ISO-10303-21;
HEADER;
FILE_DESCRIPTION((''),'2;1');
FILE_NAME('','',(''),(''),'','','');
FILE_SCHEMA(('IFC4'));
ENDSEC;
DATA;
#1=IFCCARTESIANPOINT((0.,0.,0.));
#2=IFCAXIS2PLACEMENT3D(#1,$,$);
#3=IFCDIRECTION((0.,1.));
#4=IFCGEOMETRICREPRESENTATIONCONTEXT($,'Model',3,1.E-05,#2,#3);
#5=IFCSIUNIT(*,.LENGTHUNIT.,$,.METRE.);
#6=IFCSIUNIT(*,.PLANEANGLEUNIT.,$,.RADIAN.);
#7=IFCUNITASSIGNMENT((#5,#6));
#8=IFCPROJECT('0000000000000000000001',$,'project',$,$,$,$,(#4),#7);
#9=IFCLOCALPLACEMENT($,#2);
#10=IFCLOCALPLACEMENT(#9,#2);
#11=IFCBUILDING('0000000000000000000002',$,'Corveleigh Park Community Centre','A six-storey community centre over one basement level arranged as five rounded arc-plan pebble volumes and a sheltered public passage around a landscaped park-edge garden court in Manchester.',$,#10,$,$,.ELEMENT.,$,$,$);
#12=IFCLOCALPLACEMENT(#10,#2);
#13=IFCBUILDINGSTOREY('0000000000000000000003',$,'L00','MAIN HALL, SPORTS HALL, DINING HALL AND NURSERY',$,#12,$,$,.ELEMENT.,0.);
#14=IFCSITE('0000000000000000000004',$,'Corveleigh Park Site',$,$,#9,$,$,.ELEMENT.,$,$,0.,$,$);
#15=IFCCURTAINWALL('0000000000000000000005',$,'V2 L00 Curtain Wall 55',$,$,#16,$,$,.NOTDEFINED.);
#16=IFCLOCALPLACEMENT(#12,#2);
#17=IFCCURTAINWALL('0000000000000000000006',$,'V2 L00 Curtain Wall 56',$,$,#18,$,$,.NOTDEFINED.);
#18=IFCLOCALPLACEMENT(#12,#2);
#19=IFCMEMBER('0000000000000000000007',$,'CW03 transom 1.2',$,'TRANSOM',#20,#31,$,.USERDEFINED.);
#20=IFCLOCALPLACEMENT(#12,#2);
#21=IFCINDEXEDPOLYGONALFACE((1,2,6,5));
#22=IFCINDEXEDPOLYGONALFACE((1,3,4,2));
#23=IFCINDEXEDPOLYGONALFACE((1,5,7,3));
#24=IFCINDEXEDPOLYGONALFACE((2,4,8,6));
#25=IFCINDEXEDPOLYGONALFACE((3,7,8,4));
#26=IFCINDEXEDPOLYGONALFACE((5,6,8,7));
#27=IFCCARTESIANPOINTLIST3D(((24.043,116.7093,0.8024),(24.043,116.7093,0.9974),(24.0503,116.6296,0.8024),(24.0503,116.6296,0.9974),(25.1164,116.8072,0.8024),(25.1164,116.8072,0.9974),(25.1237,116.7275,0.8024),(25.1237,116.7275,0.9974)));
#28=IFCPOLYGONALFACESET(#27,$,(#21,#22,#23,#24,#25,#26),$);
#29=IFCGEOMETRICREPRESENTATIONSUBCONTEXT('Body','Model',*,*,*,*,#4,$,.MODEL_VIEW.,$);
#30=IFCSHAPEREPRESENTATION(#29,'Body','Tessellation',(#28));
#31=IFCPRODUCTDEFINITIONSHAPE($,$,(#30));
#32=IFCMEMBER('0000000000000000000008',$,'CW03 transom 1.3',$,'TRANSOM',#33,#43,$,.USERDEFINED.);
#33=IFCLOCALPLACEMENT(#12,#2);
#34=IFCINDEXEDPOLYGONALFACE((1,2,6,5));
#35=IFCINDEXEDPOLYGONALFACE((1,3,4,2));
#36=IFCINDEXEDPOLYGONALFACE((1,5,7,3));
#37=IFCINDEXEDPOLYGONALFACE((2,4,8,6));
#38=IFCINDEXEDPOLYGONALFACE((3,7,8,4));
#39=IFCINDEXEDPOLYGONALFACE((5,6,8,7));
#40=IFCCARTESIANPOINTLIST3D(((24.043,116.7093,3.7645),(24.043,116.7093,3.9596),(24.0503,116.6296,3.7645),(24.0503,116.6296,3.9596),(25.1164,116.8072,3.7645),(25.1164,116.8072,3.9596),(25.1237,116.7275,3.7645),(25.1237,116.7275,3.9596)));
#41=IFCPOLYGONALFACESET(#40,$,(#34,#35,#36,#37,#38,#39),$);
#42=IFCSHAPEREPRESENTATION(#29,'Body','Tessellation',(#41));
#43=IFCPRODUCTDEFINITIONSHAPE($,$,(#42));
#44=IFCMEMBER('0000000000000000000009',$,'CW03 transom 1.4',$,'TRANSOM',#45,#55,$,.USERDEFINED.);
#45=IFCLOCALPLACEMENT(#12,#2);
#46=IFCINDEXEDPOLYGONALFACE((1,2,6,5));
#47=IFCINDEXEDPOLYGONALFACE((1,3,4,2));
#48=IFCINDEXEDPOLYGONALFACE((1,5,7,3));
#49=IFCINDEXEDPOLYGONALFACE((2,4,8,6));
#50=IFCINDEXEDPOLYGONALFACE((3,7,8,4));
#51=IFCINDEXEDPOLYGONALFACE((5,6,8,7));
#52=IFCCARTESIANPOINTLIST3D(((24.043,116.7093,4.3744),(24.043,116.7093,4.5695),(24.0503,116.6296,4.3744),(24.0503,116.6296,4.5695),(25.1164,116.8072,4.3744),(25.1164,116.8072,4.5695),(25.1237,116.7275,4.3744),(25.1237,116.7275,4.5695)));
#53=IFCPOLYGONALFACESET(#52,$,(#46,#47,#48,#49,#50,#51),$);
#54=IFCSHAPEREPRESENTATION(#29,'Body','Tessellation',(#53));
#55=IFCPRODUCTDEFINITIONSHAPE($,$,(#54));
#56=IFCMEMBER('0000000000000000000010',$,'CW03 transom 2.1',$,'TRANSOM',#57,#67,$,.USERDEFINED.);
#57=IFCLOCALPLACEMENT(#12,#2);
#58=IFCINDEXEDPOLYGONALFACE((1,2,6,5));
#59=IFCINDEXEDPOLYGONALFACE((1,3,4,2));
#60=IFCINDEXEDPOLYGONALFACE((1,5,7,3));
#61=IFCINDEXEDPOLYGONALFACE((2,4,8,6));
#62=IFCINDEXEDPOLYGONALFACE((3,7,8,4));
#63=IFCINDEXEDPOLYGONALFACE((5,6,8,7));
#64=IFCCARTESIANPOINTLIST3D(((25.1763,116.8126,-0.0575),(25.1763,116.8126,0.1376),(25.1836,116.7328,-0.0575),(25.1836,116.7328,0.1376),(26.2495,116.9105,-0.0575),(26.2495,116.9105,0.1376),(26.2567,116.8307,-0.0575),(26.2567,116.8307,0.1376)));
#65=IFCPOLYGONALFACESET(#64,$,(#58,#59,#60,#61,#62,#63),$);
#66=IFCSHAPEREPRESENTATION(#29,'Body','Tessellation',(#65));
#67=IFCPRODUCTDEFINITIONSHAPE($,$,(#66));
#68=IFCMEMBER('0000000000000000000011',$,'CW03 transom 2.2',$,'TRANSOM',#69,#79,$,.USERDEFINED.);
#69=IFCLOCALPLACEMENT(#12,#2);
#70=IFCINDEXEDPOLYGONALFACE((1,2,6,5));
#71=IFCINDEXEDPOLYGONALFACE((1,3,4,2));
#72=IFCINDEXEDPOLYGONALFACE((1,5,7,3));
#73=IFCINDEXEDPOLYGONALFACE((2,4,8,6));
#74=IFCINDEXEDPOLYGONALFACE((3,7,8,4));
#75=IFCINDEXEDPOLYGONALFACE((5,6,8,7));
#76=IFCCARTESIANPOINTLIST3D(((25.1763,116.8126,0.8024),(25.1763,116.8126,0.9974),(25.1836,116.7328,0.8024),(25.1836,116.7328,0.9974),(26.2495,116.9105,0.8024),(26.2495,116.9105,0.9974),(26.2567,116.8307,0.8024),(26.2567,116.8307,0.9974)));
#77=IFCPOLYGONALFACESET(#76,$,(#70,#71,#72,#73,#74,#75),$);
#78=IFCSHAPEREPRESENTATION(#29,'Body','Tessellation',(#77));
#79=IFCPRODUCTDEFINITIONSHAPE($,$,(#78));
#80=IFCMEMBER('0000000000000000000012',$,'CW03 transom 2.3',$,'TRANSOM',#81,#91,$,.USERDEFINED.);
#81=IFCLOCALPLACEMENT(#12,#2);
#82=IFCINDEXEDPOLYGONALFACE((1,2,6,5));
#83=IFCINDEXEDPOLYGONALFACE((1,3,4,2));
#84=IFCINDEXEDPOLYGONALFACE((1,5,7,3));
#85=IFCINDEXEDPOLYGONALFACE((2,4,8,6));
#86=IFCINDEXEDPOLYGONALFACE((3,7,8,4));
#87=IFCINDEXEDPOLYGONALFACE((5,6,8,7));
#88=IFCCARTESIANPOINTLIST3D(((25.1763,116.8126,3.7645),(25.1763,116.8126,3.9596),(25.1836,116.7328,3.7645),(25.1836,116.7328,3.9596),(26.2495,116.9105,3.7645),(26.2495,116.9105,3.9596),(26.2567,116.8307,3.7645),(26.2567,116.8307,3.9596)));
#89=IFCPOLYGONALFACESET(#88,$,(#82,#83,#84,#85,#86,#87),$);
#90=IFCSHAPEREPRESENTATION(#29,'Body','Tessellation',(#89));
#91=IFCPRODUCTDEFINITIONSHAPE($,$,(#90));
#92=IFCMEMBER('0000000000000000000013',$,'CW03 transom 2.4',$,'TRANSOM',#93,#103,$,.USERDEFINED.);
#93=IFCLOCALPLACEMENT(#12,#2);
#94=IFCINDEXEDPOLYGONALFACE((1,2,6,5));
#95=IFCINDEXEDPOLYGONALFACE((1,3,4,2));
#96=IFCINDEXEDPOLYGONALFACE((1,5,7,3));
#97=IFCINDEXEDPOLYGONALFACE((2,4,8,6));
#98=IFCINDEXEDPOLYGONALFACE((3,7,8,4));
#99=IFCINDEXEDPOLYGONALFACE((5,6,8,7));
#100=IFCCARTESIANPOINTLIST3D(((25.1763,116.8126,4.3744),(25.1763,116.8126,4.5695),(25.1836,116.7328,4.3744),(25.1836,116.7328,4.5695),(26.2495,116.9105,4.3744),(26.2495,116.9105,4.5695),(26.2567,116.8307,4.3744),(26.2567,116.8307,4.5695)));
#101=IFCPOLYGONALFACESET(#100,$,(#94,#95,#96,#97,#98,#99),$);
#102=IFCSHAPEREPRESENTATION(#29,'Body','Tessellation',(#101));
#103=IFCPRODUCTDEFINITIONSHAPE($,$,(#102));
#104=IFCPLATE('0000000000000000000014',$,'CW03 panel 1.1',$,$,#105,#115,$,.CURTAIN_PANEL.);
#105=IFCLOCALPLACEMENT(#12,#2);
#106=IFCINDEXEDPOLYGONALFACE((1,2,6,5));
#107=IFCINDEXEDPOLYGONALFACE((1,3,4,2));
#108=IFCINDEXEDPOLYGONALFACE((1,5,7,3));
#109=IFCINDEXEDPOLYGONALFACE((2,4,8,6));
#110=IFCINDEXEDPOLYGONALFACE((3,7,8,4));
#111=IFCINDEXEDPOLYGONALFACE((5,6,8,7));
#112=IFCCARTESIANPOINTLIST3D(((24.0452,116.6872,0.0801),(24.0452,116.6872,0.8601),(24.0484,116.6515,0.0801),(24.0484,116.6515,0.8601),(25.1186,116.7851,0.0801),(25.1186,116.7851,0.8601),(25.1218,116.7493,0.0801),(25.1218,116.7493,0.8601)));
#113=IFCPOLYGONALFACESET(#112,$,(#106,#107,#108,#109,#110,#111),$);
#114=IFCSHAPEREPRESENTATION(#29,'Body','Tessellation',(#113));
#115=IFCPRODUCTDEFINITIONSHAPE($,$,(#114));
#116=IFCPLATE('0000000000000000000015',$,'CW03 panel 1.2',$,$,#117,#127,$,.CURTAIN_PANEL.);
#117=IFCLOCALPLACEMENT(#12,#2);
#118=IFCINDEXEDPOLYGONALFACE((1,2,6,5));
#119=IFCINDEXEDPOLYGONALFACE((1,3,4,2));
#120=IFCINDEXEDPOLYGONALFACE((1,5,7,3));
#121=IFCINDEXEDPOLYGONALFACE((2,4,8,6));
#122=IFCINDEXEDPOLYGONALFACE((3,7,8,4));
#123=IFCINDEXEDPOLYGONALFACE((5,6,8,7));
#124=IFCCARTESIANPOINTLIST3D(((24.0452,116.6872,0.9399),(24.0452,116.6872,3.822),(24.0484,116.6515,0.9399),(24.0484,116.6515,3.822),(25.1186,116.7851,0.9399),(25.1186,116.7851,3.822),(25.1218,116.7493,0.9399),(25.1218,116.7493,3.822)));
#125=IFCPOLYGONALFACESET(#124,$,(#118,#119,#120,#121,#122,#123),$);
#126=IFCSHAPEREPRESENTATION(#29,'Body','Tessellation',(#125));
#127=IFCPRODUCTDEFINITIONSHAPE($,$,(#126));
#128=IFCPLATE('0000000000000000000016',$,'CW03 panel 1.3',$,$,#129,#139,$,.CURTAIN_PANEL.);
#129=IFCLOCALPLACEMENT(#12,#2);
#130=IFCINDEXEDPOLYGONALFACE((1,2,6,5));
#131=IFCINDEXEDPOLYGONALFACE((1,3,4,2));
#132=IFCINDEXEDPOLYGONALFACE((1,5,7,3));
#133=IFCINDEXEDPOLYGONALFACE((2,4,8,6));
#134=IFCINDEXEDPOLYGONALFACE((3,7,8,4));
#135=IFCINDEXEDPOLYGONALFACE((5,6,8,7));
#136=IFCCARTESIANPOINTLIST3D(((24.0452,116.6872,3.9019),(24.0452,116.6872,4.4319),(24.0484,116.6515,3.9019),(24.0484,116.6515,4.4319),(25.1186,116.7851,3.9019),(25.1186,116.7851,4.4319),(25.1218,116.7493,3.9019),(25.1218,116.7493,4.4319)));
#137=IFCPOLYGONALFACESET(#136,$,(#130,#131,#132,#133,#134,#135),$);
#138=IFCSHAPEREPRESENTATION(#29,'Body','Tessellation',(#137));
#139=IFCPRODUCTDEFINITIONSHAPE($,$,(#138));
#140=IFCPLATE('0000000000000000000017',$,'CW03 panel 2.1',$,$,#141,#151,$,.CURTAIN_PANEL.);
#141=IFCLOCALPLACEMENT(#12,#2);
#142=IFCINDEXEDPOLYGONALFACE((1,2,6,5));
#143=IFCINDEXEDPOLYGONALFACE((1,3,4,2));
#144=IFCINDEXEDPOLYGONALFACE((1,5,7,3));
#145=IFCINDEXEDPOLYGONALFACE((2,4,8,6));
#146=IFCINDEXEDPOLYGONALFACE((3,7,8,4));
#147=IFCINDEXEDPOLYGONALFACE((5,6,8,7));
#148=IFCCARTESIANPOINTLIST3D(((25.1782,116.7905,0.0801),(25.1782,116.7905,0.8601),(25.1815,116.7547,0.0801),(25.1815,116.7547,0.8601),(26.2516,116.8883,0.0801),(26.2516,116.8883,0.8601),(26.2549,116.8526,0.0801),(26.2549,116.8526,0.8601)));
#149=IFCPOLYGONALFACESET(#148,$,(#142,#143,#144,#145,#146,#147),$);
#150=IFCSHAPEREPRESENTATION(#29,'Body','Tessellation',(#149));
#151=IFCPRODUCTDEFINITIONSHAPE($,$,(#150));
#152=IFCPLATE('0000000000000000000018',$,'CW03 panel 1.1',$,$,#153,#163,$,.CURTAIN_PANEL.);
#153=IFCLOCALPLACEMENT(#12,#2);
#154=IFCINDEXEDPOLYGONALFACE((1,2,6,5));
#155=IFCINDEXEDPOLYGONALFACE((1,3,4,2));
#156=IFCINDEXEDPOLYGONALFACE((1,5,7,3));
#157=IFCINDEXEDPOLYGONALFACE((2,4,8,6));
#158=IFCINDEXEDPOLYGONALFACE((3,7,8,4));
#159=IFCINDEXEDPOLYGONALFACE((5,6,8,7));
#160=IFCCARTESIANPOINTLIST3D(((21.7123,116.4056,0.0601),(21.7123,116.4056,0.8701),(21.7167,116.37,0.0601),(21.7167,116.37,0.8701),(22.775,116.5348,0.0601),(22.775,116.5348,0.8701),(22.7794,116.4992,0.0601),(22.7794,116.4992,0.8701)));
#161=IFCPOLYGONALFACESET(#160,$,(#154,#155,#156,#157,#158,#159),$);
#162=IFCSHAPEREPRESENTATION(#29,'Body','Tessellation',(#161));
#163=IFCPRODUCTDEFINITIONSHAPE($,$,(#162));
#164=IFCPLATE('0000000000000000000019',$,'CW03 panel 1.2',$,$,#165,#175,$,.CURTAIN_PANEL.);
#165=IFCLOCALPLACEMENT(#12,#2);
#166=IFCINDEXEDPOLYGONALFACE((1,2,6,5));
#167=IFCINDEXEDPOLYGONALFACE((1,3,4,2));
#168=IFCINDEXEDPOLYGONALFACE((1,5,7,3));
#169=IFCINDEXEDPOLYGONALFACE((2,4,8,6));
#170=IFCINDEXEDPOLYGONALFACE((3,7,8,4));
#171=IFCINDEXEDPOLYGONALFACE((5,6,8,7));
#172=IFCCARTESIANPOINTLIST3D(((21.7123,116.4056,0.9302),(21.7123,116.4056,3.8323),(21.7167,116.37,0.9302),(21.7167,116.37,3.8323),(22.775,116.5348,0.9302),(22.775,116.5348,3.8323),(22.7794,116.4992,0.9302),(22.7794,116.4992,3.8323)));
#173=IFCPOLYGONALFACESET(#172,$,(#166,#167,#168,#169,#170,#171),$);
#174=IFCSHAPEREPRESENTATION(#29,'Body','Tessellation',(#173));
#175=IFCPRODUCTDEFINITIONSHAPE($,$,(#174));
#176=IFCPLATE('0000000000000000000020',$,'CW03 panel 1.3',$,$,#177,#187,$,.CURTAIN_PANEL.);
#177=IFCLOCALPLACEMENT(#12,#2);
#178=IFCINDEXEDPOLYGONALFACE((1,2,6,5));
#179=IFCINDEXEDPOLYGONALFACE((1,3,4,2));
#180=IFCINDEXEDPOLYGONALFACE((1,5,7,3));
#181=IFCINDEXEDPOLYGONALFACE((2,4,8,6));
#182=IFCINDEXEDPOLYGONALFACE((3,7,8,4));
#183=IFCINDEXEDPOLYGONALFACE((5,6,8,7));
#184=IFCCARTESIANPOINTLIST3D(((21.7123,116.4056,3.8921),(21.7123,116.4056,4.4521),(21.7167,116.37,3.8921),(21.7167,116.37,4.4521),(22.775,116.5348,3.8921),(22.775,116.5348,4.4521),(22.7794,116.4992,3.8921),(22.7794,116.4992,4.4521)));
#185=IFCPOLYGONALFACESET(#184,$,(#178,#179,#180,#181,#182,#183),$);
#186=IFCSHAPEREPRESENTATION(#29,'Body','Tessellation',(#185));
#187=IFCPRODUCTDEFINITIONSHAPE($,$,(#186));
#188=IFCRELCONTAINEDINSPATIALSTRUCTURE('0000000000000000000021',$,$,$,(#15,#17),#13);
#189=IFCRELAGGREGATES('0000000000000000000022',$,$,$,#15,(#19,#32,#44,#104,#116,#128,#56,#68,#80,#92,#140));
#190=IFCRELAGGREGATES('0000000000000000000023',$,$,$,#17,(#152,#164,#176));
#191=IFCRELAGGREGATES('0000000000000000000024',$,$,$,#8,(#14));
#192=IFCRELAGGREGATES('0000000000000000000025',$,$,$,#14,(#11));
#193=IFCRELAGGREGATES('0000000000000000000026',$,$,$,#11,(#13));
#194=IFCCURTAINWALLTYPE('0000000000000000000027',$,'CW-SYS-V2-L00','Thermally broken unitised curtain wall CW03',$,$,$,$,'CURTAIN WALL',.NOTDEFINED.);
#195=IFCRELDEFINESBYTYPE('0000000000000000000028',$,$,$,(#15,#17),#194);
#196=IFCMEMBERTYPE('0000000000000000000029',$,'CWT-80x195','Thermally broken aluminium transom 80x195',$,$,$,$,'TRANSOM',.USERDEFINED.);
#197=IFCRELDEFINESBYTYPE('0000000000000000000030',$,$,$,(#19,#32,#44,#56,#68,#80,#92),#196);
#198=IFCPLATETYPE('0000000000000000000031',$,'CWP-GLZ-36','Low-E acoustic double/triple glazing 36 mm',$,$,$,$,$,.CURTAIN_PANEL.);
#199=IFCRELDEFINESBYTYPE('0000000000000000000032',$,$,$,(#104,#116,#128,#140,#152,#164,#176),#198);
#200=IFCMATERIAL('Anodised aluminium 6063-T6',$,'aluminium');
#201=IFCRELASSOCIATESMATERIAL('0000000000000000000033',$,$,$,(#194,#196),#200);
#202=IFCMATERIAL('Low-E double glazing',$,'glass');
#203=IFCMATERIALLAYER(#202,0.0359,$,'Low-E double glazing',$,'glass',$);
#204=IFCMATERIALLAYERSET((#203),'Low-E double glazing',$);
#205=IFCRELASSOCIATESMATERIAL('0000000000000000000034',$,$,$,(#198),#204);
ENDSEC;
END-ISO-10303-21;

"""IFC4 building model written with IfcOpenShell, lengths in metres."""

from ifc_helpers import new_model, si_unit, direction, frame, origin, origin_2d, place, context, subcontext, project, spatial, rectangle, extrude, material, layer, layer_set, material_profile, profile_set, type_object, element, aggregate, save


model = new_model("IFC4")

# Units and contexts
model_context = context("Model", 3, precision=1e-05, world=origin(), true_north=direction((0.0, 1.0)))
body_context = subcontext(model_context, "Body", "Model", "MODEL_VIEW")
ifc_project = project(units=[si_unit("LENGTHUNIT", "METRE"), si_unit("PLANEANGLEUNIT", "RADIAN")], contexts=[model_context])

# Site, building, storey
site_placement = place(None, origin())
site = spatial("IfcSite", under=ifc_project, at=site_placement, Name="Corveleigh Park Site", CompositionType="ELEMENT", RefElevation=0.0)
building_placement = place(site_placement, origin())
building = spatial("IfcBuilding", under=site, at=building_placement, Name="Corveleigh Park Community Centre", Description="A six-storey community centre over one basement level arranged as five rounded arc-plan pebble volumes and a sheltered public passage around a landscaped park-edge garden court in Manchester.", CompositionType="ELEMENT")
storey_placement = place(building_placement, origin())
storey = spatial("IfcBuildingStorey", under=building, at=storey_placement, Name="L00", Description="MAIN HALL, SPORTS HALL, DINING HALL AND NURSERY", CompositionType="ELEMENT", Elevation=0.0)

# Curtain walls
ifc_material_1 = material(Name="Anodised aluminium 6063-T6", Category="aluminium")
curtain_wall_type = type_object("IfcCurtainWallType", Name="CW-SYS-V2-L00", Description="Thermally broken unitised curtain wall CW03", ElementType="CURTAIN WALL", PredefinedType="NOTDEFINED", material=ifc_material_1)
curtain_wall_1_placement = place(storey_placement, origin())
curtain_wall_1 = element("IfcCurtainWall", 1, at=curtain_wall_1_placement, inside=storey, type_object=curtain_wall_type, Name="V2 L00 Curtain Wall 55", PredefinedType="NOTDEFINED")
curtain_wall_2_placement = place(storey_placement, origin())
curtain_wall_2 = element("IfcCurtainWall", 2, at=curtain_wall_2_placement, inside=storey, type_object=curtain_wall_type, Name="V2 L00 Curtain Wall 56", PredefinedType="NOTDEFINED")

# Members
ifc_material_profile_1 = material_profile(ifc_material_1, rectangle(XDim=0.0801, YDim=0.1951, at=origin_2d()), Name="ALU-T80x195", Category="aluminium")
ifc_profile_set_1 = profile_set([ifc_material_profile_1], Name="Anodised aluminium 6063-T6")
member_type_1 = type_object("IfcMemberType", Name="CWT-80x195", Description="Thermally broken aluminium transom 80x195", ElementType="TRANSOM", PredefinedType="USERDEFINED", material=ifc_profile_set_1)
member_1_placement = place(storey_placement, frame((24.0466, 116.6694, 0.8999), z_axis=(0.995867, 0.090822, 0.0), x_axis=(-0.090822, 0.995867, 0.0)))
member_1 = element("IfcMember", 3, at=member_1_placement, type_object=member_type_1, Name="CW03 transom 1.2", ObjectType="TRANSOM", PredefinedType="USERDEFINED", context=body_context, shape_type="SweptSolid", body=[
    extrude(rectangle(XDim=0.0801, YDim=0.1951, at=origin_2d()), origin(), (0.0, 0.0, 1.0), 1.0779),
])
member_2_placement = place(storey_placement, frame((24.0466, 116.6694, 3.8621), z_axis=(0.995867, 0.090822, 0.0), x_axis=(-0.090822, 0.995867, 0.0)))
member_2 = element("IfcMember", 4, at=member_2_placement, type_object=member_type_1, Name="CW03 transom 1.3", ObjectType="TRANSOM", PredefinedType="USERDEFINED", context=body_context, shape_type="SweptSolid", body=[
    extrude(rectangle(XDim=0.0801, YDim=0.1951, at=origin_2d()), origin(), (0.0, 0.0, 1.0), 1.0779),
])
member_3_placement = place(storey_placement, frame((24.0466, 116.6694, 4.4719), z_axis=(0.995867, 0.090822, 0.0), x_axis=(-0.090822, 0.995867, 0.0)))
member_3 = element("IfcMember", 5, at=member_3_placement, type_object=member_type_1, Name="CW03 transom 1.4", ObjectType="TRANSOM", PredefinedType="USERDEFINED", context=body_context, shape_type="SweptSolid", body=[
    extrude(rectangle(XDim=0.0801, YDim=0.1951, at=origin_2d()), origin(), (0.0, 0.0, 1.0), 1.0779),
])
member_4_placement = place(storey_placement, frame((25.1799, 116.7727, 0.04), z_axis=(0.995865, 0.090842, 0.0), x_axis=(-0.090842, 0.995865, 0.0)))
member_4 = element("IfcMember", 6, at=member_4_placement, type_object=member_type_1, Name="CW03 transom 2.1", ObjectType="TRANSOM", PredefinedType="USERDEFINED", context=body_context, shape_type="SweptSolid", body=[
    extrude(rectangle(XDim=0.0801, YDim=0.1951, at=origin_2d()), origin(), (0.0, 0.0, 1.0), 1.0776),
])
member_5_placement = place(storey_placement, frame((25.1799, 116.7727, 0.8999), z_axis=(0.995865, 0.090842, 0.0), x_axis=(-0.090842, 0.995865, 0.0)))
member_5 = element("IfcMember", 7, at=member_5_placement, type_object=member_type_1, Name="CW03 transom 2.2", ObjectType="TRANSOM", PredefinedType="USERDEFINED", context=body_context, shape_type="SweptSolid", body=[
    extrude(rectangle(XDim=0.0801, YDim=0.1951, at=origin_2d()), origin(), (0.0, 0.0, 1.0), 1.0776),
])
member_6_placement = place(storey_placement, frame((25.1799, 116.7727, 3.8621), z_axis=(0.995865, 0.090842, 0.0), x_axis=(-0.090842, 0.995865, 0.0)))
member_6 = element("IfcMember", 8, at=member_6_placement, type_object=member_type_1, Name="CW03 transom 2.3", ObjectType="TRANSOM", PredefinedType="USERDEFINED", context=body_context, shape_type="SweptSolid", body=[
    extrude(rectangle(XDim=0.0801, YDim=0.1951, at=origin_2d()), origin(), (0.0, 0.0, 1.0), 1.0776),
])
member_7_placement = place(storey_placement, frame((25.1799, 116.7727, 4.4719), z_axis=(0.995865, 0.090842, 0.0), x_axis=(-0.090842, 0.995865, 0.0)))
member_7 = element("IfcMember", 9, at=member_7_placement, type_object=member_type_1, Name="CW03 transom 2.4", ObjectType="TRANSOM", PredefinedType="USERDEFINED", context=body_context, shape_type="SweptSolid", body=[
    extrude(rectangle(XDim=0.0801, YDim=0.1951, at=origin_2d()), origin(), (0.0, 0.0, 1.0), 1.0776),
])

# Plates
ifc_material_2 = material(Name="Low-E double glazing", Category="glass")
ifc_layer = layer(ifc_material_2, 0.0359, Name="Low-E double glazing", Category="glass")
ifc_layer_set = layer_set([ifc_layer], Name="Low-E double glazing")
plate_type = type_object("IfcPlateType", Name="CWP-GLZ-36", Description="Low-E acoustic double/triple glazing 36 mm", PredefinedType="CURTAIN_PANEL", material=ifc_layer_set)
plate_1_placement = place(storey_placement, frame((24.5835, 116.7183, 0.0801), z_axis=(0.0, 0.0, 1.0), x_axis=(0.995872, 0.090767, 0.0)))
plate_1 = element("IfcPlate", 10, at=plate_1_placement, type_object=plate_type, Name="CW03 panel 1.1", PredefinedType="CURTAIN_PANEL", context=body_context, shape_type="SweptSolid", body=[
    extrude(rectangle(XDim=1.0779, YDim=0.0359, at=origin_2d()), origin(), (0.0, 0.0, 1.0), 0.78),
])
plate_2_placement = place(storey_placement, frame((24.5835, 116.7183, 0.9399), z_axis=(0.0, 0.0, 1.0), x_axis=(0.995872, 0.090767, 0.0)))
plate_2 = element("IfcPlate", 11, at=plate_2_placement, type_object=plate_type, Name="CW03 panel 1.2", PredefinedType="CURTAIN_PANEL", context=body_context, shape_type="SweptSolid", body=[
    extrude(rectangle(XDim=1.0779, YDim=0.0359, at=origin_2d()), origin(), (0.0, 0.0, 1.0), 2.8821),
])
plate_3_placement = place(storey_placement, frame((24.5835, 116.7183, 3.9019), z_axis=(0.0, 0.0, 1.0), x_axis=(0.995872, 0.090767, 0.0)))
plate_3 = element("IfcPlate", 12, at=plate_3_placement, type_object=plate_type, Name="CW03 panel 1.3", PredefinedType="CURTAIN_PANEL", context=body_context, shape_type="SweptSolid", body=[
    extrude(rectangle(XDim=1.0779, YDim=0.0359, at=origin_2d()), origin(), (0.0, 0.0, 1.0), 0.53),
])
plate_4_placement = place(storey_placement, frame((25.7166, 116.8215, 0.0801), z_axis=(0.0, 0.0, 1.0), x_axis=(0.995872, 0.090767, 0.0)))
plate_4 = element("IfcPlate", 13, at=plate_4_placement, type_object=plate_type, Name="CW03 panel 2.1", PredefinedType="CURTAIN_PANEL", context=body_context, shape_type="SweptSolid", body=[
    extrude(rectangle(XDim=1.0779, YDim=0.0359, at=origin_2d()), origin(), (0.0, 0.0, 1.0), 0.78),
])
aggregate(curtain_wall_1, [member_1, member_2, member_3, plate_1, plate_2, plate_3, member_4, member_5, member_6, member_7, plate_4])
plate_5_placement = place(storey_placement, frame((22.2458, 116.4524, 0.0601), z_axis=(0.0, 0.0, 1.0), x_axis=(0.992687, 0.120715, 0.0)))
plate_5 = element("IfcPlate", 14, at=plate_5_placement, type_object=plate_type, Name="CW03 panel 1.1", PredefinedType="CURTAIN_PANEL", context=body_context, shape_type="SweptSolid", body=[
    extrude(rectangle(XDim=1.0706, YDim=0.0359, at=origin_2d()), origin(), (0.0, 0.0, 1.0), 0.8101),
])
plate_6_placement = place(storey_placement, frame((22.2458, 116.4524, 0.9302), z_axis=(0.0, 0.0, 1.0), x_axis=(0.992687, 0.120715, 0.0)))
plate_6 = element("IfcPlate", 15, at=plate_6_placement, type_object=plate_type, Name="CW03 panel 1.2", PredefinedType="CURTAIN_PANEL", context=body_context, shape_type="SweptSolid", body=[
    extrude(rectangle(XDim=1.0706, YDim=0.0359, at=origin_2d()), origin(), (0.0, 0.0, 1.0), 2.9021),
])
plate_7_placement = place(storey_placement, frame((22.2458, 116.4524, 3.8921), z_axis=(0.0, 0.0, 1.0), x_axis=(0.992687, 0.120715, 0.0)))
plate_7 = element("IfcPlate", 16, at=plate_7_placement, type_object=plate_type, Name="CW03 panel 1.3", PredefinedType="CURTAIN_PANEL", context=body_context, shape_type="SweptSolid", body=[
    extrude(rectangle(XDim=1.0706, YDim=0.0359, at=origin_2d()), origin(), (0.0, 0.0, 1.0), 0.5601),
])
aggregate(curtain_wall_2, [plate_5, plate_6, plate_7])

save(model, "model.ifc")
